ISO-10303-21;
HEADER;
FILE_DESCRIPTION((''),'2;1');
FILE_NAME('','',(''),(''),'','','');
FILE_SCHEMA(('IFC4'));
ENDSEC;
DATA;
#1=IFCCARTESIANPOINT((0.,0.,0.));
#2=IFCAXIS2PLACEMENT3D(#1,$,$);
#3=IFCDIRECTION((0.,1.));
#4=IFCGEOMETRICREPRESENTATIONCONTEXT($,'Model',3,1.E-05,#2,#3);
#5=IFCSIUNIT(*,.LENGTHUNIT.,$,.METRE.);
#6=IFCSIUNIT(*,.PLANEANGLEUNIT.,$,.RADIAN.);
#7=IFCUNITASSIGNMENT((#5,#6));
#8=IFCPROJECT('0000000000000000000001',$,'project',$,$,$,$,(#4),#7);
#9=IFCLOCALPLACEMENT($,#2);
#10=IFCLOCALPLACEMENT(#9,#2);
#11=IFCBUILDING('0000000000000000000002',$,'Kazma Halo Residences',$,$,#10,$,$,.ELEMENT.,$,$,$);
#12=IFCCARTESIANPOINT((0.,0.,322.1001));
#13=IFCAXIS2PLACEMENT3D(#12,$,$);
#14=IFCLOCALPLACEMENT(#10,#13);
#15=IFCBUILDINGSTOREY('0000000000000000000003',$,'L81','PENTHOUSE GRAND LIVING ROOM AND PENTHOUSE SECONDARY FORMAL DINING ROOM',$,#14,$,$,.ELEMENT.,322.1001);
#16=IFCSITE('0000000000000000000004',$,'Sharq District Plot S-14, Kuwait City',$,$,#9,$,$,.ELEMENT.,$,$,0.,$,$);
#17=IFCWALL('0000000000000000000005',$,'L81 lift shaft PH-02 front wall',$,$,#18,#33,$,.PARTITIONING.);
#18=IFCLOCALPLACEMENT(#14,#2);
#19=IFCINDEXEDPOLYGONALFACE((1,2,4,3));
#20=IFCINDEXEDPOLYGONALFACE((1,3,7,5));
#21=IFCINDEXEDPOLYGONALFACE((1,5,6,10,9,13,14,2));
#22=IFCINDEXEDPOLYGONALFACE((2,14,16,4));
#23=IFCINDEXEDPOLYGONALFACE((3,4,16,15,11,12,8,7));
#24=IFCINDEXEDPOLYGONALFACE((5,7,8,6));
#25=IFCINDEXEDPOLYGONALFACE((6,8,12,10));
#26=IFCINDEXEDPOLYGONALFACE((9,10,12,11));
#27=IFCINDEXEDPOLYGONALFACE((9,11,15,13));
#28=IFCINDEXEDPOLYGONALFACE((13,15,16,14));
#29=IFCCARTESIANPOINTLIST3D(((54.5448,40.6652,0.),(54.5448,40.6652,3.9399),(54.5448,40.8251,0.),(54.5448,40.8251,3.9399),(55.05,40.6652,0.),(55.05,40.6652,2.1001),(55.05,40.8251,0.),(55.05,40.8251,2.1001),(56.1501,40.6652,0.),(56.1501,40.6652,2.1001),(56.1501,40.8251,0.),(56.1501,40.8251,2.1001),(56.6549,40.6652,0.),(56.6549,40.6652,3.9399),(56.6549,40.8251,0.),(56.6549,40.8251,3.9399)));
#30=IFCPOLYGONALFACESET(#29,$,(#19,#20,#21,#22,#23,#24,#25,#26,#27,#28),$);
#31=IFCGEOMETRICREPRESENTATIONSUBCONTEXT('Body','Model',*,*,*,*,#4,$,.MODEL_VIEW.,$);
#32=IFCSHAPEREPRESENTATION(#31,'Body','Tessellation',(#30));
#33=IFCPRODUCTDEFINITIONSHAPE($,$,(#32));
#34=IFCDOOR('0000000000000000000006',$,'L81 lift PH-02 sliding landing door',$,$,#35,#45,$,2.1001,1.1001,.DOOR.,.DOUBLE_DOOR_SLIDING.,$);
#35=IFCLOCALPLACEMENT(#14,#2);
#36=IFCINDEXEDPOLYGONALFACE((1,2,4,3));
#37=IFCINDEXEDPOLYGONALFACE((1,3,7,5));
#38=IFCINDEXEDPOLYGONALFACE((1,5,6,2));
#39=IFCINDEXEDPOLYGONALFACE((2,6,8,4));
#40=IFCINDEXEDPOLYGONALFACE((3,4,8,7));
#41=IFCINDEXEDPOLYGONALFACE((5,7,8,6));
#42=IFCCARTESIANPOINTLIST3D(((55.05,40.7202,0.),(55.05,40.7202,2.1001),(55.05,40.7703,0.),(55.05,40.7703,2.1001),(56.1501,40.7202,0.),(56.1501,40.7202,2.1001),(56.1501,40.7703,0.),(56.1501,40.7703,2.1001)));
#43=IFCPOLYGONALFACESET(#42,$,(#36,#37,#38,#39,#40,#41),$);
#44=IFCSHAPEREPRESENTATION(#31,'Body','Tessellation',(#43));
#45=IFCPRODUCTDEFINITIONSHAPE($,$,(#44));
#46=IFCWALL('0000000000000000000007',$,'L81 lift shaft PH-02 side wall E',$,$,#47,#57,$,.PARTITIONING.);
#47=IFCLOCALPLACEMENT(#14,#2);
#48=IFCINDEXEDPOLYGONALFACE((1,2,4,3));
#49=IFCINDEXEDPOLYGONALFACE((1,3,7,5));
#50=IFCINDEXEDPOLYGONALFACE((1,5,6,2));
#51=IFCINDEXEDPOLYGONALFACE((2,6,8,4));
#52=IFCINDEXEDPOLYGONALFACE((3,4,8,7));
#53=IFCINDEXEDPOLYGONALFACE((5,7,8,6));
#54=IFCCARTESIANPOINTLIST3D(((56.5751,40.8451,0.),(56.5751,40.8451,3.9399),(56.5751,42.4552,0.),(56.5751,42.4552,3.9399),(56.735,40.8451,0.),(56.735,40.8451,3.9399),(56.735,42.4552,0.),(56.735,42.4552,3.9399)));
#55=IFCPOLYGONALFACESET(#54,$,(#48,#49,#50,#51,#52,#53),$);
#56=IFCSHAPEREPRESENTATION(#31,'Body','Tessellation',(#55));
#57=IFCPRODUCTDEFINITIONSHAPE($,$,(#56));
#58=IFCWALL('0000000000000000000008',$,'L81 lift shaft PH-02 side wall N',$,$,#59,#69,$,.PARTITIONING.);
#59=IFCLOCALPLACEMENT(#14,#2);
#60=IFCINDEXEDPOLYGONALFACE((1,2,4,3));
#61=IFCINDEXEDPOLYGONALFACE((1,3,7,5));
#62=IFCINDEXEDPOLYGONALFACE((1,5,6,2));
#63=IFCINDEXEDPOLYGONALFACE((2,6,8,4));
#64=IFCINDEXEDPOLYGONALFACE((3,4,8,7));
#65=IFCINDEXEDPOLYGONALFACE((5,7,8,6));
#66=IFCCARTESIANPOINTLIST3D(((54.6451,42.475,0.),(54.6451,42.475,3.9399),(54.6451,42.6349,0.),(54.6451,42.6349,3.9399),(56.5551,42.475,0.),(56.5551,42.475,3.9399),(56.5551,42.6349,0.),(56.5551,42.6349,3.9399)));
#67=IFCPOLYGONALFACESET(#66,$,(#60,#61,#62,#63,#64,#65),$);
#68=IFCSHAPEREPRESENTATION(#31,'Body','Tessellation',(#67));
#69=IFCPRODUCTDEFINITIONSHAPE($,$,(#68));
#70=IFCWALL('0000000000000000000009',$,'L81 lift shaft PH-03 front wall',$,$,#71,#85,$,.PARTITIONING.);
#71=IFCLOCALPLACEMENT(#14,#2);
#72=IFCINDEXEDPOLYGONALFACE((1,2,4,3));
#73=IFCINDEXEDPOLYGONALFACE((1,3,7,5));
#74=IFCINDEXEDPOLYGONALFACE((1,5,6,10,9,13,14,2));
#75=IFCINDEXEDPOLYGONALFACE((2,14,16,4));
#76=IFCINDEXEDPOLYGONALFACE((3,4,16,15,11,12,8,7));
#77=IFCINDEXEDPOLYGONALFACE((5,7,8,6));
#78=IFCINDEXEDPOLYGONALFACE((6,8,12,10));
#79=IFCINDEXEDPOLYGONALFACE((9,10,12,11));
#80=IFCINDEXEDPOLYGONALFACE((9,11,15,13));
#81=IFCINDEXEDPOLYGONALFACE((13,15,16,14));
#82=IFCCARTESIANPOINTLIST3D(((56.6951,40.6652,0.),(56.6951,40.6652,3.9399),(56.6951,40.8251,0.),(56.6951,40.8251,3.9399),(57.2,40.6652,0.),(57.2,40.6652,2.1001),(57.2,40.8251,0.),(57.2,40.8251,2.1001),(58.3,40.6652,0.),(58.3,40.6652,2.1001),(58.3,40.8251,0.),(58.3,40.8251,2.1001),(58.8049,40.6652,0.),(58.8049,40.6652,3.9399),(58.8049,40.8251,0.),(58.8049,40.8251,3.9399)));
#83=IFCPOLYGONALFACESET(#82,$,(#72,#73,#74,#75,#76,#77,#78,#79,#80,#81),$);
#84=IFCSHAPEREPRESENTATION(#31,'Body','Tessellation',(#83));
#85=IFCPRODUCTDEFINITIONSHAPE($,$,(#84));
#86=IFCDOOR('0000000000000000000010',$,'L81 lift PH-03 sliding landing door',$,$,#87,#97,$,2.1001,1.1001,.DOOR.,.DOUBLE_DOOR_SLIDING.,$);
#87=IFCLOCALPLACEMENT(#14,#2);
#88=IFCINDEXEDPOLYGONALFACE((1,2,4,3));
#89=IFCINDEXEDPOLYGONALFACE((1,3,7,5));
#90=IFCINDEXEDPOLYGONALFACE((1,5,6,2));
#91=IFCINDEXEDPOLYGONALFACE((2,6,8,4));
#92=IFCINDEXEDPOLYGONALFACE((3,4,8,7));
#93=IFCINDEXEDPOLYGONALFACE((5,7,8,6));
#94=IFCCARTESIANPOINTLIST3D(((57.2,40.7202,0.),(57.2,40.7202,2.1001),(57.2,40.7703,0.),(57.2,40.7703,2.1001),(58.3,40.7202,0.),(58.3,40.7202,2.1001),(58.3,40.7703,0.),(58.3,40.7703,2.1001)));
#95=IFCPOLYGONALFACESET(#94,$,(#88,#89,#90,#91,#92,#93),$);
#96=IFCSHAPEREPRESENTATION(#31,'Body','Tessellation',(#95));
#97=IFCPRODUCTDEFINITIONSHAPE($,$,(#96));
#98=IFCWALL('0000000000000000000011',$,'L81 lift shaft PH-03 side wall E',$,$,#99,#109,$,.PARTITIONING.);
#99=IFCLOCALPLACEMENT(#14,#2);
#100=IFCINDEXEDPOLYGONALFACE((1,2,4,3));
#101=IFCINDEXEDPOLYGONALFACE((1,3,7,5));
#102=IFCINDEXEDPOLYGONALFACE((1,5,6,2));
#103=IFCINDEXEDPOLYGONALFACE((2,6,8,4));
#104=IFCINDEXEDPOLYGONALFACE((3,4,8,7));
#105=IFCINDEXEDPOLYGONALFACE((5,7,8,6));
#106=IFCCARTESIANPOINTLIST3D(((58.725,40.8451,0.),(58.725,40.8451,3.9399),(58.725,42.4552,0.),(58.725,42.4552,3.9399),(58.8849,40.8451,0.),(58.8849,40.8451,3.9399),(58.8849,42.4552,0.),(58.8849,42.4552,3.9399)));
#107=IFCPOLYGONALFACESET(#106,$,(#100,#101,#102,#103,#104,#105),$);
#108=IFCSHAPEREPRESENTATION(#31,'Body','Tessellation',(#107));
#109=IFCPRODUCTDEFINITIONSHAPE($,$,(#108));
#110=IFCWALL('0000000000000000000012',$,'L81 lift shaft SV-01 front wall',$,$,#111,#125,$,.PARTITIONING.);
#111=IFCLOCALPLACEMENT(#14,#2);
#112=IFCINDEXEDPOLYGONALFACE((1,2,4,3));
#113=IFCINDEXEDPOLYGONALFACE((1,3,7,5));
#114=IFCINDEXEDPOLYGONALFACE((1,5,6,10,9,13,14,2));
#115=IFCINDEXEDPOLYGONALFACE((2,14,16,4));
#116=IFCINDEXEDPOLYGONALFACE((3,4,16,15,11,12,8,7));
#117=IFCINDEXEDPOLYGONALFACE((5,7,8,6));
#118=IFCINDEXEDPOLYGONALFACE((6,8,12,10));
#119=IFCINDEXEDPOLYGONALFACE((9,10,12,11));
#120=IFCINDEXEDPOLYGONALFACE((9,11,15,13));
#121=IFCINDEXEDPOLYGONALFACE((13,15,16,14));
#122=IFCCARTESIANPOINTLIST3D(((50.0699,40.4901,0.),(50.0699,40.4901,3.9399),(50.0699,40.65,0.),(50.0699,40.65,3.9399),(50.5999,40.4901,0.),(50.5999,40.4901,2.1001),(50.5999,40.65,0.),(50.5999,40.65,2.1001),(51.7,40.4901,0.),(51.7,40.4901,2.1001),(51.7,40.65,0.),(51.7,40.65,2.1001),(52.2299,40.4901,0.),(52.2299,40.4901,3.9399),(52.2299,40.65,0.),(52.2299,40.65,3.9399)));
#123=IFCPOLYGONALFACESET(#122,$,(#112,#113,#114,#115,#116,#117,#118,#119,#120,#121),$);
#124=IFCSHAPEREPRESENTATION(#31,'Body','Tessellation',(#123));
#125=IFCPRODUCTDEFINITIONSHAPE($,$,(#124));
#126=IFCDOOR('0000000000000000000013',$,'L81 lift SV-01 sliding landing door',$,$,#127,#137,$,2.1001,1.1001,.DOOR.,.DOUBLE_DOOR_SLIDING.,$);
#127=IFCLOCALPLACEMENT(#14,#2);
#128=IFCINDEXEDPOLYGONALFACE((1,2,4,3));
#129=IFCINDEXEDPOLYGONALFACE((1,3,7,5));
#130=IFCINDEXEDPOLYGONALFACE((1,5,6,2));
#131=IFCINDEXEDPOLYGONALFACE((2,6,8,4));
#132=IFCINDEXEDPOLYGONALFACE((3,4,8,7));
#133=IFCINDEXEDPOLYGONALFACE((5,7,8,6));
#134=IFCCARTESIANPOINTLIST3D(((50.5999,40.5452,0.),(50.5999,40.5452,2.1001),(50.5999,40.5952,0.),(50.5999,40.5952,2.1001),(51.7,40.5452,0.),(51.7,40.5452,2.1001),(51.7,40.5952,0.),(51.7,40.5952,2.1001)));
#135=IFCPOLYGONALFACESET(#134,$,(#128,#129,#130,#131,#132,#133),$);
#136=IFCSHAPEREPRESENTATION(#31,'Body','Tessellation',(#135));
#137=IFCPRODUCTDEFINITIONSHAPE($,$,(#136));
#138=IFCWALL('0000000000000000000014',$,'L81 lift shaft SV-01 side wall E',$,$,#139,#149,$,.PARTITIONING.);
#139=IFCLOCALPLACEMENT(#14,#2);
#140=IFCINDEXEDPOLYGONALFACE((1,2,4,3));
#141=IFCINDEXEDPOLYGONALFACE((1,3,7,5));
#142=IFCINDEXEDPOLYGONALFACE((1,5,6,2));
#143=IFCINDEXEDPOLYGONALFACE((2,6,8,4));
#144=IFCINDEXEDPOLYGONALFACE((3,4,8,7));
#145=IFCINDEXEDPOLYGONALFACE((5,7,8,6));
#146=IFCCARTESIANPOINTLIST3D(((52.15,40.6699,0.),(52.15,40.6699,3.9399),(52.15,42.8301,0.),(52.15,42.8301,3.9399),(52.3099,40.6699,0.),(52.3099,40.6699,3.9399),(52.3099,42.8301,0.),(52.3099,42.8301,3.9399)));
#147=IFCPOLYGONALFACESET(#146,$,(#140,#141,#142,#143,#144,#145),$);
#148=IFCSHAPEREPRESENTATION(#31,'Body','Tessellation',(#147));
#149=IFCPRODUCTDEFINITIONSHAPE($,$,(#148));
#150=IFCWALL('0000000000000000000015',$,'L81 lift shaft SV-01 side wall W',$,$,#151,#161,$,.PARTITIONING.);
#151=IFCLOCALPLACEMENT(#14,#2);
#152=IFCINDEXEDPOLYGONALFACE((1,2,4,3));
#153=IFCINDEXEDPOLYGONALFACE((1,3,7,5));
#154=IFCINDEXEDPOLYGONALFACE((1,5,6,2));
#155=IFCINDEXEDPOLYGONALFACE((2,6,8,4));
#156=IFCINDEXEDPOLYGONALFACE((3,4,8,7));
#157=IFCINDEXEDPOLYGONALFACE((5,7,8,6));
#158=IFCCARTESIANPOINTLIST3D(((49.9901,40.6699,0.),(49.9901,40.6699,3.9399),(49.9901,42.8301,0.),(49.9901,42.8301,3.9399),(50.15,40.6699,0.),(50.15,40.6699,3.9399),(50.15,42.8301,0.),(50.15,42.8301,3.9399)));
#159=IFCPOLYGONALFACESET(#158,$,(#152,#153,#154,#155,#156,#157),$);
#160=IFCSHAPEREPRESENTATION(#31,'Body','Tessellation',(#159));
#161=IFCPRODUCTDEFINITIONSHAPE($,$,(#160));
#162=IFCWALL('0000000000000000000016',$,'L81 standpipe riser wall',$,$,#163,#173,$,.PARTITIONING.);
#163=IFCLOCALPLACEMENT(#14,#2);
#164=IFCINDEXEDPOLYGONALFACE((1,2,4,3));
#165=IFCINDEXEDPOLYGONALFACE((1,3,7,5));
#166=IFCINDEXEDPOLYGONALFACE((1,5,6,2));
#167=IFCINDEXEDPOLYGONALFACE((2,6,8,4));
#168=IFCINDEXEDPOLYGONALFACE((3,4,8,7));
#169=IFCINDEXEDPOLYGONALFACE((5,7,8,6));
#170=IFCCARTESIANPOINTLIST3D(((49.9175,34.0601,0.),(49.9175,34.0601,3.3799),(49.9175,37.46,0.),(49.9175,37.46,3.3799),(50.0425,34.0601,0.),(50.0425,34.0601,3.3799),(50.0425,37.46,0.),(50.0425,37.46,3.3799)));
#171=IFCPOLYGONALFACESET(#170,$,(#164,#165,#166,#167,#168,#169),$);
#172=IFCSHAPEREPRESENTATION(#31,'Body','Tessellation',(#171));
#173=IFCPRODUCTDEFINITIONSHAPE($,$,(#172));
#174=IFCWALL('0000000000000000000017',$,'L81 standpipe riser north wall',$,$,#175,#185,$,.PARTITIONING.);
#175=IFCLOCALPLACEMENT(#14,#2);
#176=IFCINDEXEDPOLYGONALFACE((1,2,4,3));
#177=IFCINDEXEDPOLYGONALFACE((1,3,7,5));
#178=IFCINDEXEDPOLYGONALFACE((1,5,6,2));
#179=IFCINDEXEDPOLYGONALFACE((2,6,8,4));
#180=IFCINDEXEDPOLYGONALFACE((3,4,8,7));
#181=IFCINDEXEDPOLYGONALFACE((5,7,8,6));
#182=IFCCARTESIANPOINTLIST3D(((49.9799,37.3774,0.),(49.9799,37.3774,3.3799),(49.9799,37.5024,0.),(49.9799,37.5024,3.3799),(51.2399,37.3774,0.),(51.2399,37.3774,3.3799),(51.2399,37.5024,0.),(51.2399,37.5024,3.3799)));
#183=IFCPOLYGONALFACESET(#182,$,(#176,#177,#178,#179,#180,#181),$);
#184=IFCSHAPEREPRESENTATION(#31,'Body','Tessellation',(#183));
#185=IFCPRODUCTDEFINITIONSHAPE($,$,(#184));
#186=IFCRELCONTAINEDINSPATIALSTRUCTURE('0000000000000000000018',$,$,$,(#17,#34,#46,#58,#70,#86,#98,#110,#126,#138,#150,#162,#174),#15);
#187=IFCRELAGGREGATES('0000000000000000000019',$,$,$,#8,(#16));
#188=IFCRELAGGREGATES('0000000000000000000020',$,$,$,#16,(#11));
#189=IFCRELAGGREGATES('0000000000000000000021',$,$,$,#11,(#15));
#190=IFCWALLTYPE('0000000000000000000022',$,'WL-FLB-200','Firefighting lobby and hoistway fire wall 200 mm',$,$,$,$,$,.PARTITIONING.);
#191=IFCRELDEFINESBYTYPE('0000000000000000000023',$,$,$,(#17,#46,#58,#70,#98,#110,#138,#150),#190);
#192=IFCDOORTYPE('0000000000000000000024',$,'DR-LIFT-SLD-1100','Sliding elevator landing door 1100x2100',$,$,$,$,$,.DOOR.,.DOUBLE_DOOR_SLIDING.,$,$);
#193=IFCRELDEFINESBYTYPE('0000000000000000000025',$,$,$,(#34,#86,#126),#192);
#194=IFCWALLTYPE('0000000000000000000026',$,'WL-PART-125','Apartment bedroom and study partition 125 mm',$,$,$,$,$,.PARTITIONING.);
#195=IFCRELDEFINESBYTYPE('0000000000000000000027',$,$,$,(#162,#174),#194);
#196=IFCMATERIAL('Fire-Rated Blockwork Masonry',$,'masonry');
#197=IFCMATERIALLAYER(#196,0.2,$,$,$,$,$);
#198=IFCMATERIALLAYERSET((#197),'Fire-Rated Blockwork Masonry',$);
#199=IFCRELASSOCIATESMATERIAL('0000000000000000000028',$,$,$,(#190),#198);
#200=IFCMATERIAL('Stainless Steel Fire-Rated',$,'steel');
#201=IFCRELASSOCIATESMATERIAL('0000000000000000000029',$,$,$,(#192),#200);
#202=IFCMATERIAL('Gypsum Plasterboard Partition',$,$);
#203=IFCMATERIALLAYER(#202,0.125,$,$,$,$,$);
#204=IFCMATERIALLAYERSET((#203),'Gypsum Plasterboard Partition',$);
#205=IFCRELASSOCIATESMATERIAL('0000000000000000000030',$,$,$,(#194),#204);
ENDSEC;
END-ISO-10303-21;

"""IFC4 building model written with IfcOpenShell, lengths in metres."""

from ifc_helpers import new_model, si_unit, direction, frame, frame_2d, origin, place, context, subcontext, project, spatial, rectangle, extrude, material, layer, layer_set, type_object, element, fill, save


model = new_model("IFC4")

# Units and contexts
model_context = context("Model", 3, precision=1e-05, world=origin(), true_north=direction((0.0, 1.0)))
body_context = subcontext(model_context, "Body", "Model", "MODEL_VIEW")
ifc_project = project(units=[si_unit("LENGTHUNIT", "METRE"), si_unit("PLANEANGLEUNIT", "RADIAN")], contexts=[model_context])

# Site, building, storey
site_placement = place(None, origin())
site = spatial("IfcSite", under=ifc_project, at=site_placement, Name="Sharq District Plot S-14, Kuwait City", CompositionType="ELEMENT", RefElevation=0.0)
building_placement = place(site_placement, origin())
building = spatial("IfcBuilding", under=site, at=building_placement, Name="Kazma Halo Residences", CompositionType="ELEMENT")
storey_placement = place(building_placement, frame((0.0, 0.0, 322.1001)))
storey = spatial("IfcBuildingStorey", under=building, at=storey_placement, Name="L81", Description="PENTHOUSE GRAND LIVING ROOM AND PENTHOUSE SECONDARY FORMAL DINING ROOM", CompositionType="ELEMENT", Elevation=322.1001)

# Shared definitions
ifc_material_1 = material(Name="Fire-Rated Blockwork Masonry", Category="masonry")
ifc_layer_1 = layer(ifc_material_1, 0.2)
ifc_layer_set_1 = layer_set([ifc_layer_1], Name="Fire-Rated Blockwork Masonry")
wall_type_1 = type_object("IfcWallType", Name="WL-FLB-200", Description="Firefighting lobby and hoistway fire wall 200 mm", PredefinedType="PARTITIONING", material=ifc_layer_set_1)
ifc_material_2 = material(Name="Stainless Steel Fire-Rated", Category="steel")
door_type_1 = type_object("IfcDoorType", Name="DR-LIFT-SLD-1100", Description="Sliding elevator landing door 1100x2100", OperationType="DOUBLE_DOOR_SLIDING", PredefinedType="DOOR", material=ifc_material_2)

# Wall, opening, door
wall_1_placement = place(storey_placement, frame((56.655, 40.7451, 0.0), z_axis=(0.0, 0.0, 1.0), x_axis=(-1.0, 0.0, 0.0)))
wall_1 = element("IfcWall", 1, at=wall_1_placement, inside=storey, type_object=wall_type_1, Name="L81 lift shaft PH-02 front wall", PredefinedType="PARTITIONING", context=body_context, shape_type="SweptSolid", body=[
    extrude(rectangle(XDim=2.1101, YDim=0.1599, at=frame_2d((1.0552, 0.0))), origin(), (0.0, 0.0, 1.0), 3.9399),
])
opening_1_placement = place(wall_1_placement, frame((0.5049, 0.0, 0.0)))
opening_1 = element("IfcOpeningElement", 2, at=opening_1_placement, cuts=wall_1, PredefinedType="OPENING", context=body_context, shape_type="SweptSolid", body=[
    extrude(rectangle(XDim=1.1001, YDim=2.1001, at=frame_2d((0.55, 1.05))), frame((0.0, 0.0898, 0.0), z_axis=(0.0, -1.0, 0.0), x_axis=(1.0, 0.0, 0.0)), (0.0, 0.0, 1.0), 0.1799),
])
door_1_placement = place(opening_1_placement, origin())
door_1 = element("IfcDoor", 3, at=door_1_placement, inside=storey, type_object=door_type_1, Name="L81 lift PH-02 sliding landing door", OperationType="DOUBLE_DOOR_SLIDING", OverallHeight=2.1001, OverallWidth=1.1001, PredefinedType="DOOR", context=body_context, shape_type="SweptSolid", body=[
    extrude(rectangle(XDim=1.1001, YDim=2.1001, at=frame_2d((0.55, 1.05))), frame((0.0, 0.0249, 0.0), z_axis=(0.0, -1.0, 0.0), x_axis=(1.0, 0.0, 0.0)), (0.0, 0.0, 1.0), 0.05),
])
fill(opening_1, door_1)

# Walls
wall_2_placement = place(storey_placement, frame((56.655, 40.845, 0.0), z_axis=(0.0, 0.0, 1.0), x_axis=(0.0, 1.0, 0.0)))
element("IfcWall", 4, at=wall_2_placement, inside=storey, type_object=wall_type_1, Name="L81 lift shaft PH-02 side wall E", PredefinedType="PARTITIONING", context=body_context, shape_type="SweptSolid", body=[
    extrude(rectangle(XDim=1.6101, YDim=0.1599, at=frame_2d((0.8052, 0.0))), origin(), (0.0, 0.0, 1.0), 3.9399),
])
wall_3_placement = place(storey_placement, frame((54.645, 42.5549, 0.0), z_axis=(0.0, 0.0, 1.0), x_axis=(1.0, 0.0, 0.0)))
element("IfcWall", 5, at=wall_3_placement, inside=storey, type_object=wall_type_1, Name="L81 lift shaft PH-02 side wall N", PredefinedType="PARTITIONING", context=body_context, shape_type="SweptSolid", body=[
    extrude(rectangle(XDim=1.9099, YDim=0.1599, at=frame_2d((0.9551, 0.0))), origin(), (0.0, 0.0, 1.0), 3.9399),
])

# Wall, opening, door
wall_4_placement = place(storey_placement, frame((58.8049, 40.7451, 0.0), z_axis=(0.0, 0.0, 1.0), x_axis=(-1.0, 0.0, 0.0)))
wall_4 = element("IfcWall", 6, at=wall_4_placement, inside=storey, type_object=wall_type_1, Name="L81 lift shaft PH-03 front wall", PredefinedType="PARTITIONING", context=body_context, shape_type="SweptSolid", body=[
    extrude(rectangle(XDim=2.1099, YDim=0.1599, at=frame_2d((1.0549, 0.0))), origin(), (0.0, 0.0, 1.0), 3.9399),
])
opening_2_placement = place(wall_4_placement, frame((0.5049, 0.0, 0.0)))
opening_2 = element("IfcOpeningElement", 7, at=opening_2_placement, cuts=wall_4, PredefinedType="OPENING", context=body_context, shape_type="SweptSolid", body=[
    extrude(rectangle(XDim=1.1001, YDim=2.1001, at=frame_2d((0.55, 1.05))), frame((0.0, 0.0898, 0.0), z_axis=(0.0, -1.0, 0.0), x_axis=(1.0, 0.0, 0.0)), (0.0, 0.0, 1.0), 0.1799),
])
door_2_placement = place(opening_2_placement, origin())
door_2 = element("IfcDoor", 8, at=door_2_placement, inside=storey, type_object=door_type_1, Name="L81 lift PH-03 sliding landing door", OperationType="DOUBLE_DOOR_SLIDING", OverallHeight=2.1001, OverallWidth=1.1001, PredefinedType="DOOR", context=body_context, shape_type="SweptSolid", body=[
    extrude(rectangle(XDim=1.1001, YDim=2.1001, at=frame_2d((0.55, 1.05))), frame((0.0, 0.0249, 0.0), z_axis=(0.0, -1.0, 0.0), x_axis=(1.0, 0.0, 0.0)), (0.0, 0.0, 1.0), 0.05),
])
fill(opening_2, door_2)

# Wall
wall_5_placement = place(storey_placement, frame((58.8049, 40.845, 0.0), z_axis=(0.0, 0.0, 1.0), x_axis=(0.0, 1.0, 0.0)))
element("IfcWall", 9, at=wall_5_placement, inside=storey, type_object=wall_type_1, Name="L81 lift shaft PH-03 side wall E", PredefinedType="PARTITIONING", context=body_context, shape_type="SweptSolid", body=[
    extrude(rectangle(XDim=1.6101, YDim=0.1599, at=frame_2d((0.8052, 0.0))), origin(), (0.0, 0.0, 1.0), 3.9399),
])

# Wall, opening, door
wall_6_placement = place(storey_placement, frame((52.23, 40.5701, 0.0), z_axis=(0.0, 0.0, 1.0), x_axis=(-1.0, 0.0, 0.0)))
wall_6 = element("IfcWall", 10, at=wall_6_placement, inside=storey, type_object=wall_type_1, Name="L81 lift shaft SV-01 front wall", PredefinedType="PARTITIONING", context=body_context, shape_type="SweptSolid", body=[
    extrude(rectangle(XDim=2.1599, YDim=0.1599, at=frame_2d((1.0801, 0.0))), origin(), (0.0, 0.0, 1.0), 3.9399),
])
opening_3_placement = place(wall_6_placement, frame((0.53, 0.0, 0.0)))
opening_3 = element("IfcOpeningElement", 11, at=opening_3_placement, cuts=wall_6, PredefinedType="OPENING", context=body_context, shape_type="SweptSolid", body=[
    extrude(rectangle(XDim=1.1001, YDim=2.1001, at=frame_2d((0.55, 1.05))), frame((0.0, 0.0898, 0.0), z_axis=(0.0, -1.0, 0.0), x_axis=(1.0, 0.0, 0.0)), (0.0, 0.0, 1.0), 0.1799),
])
door_3_placement = place(opening_3_placement, origin())
door_3 = element("IfcDoor", 12, at=door_3_placement, inside=storey, type_object=door_type_1, Name="L81 lift SV-01 sliding landing door", OperationType="DOUBLE_DOOR_SLIDING", OverallHeight=2.1001, OverallWidth=1.1001, PredefinedType="DOOR", context=body_context, shape_type="SweptSolid", body=[
    extrude(rectangle(XDim=1.1001, YDim=2.1001, at=frame_2d((0.55, 1.05))), frame((0.0, 0.0249, 0.0), z_axis=(0.0, -1.0, 0.0), x_axis=(1.0, 0.0, 0.0)), (0.0, 0.0, 1.0), 0.05),
])
fill(opening_3, door_3)

# Walls
for number, where, z_axis, x_axis, name in (
    (13, (52.23, 40.6699, 0.0), (0.0, 0.0, 1.0), (0.0, 1.0, 0.0), "L81 lift shaft SV-01 side wall E"),
    (14, (50.0701, 40.6699, 0.0), (0.0, 0.0, 1.0), (0.0, 1.0, 0.0), "L81 lift shaft SV-01 side wall W"),
):
    element("IfcWall", number, at=place(storey_placement, frame(where, z_axis=z_axis, x_axis=x_axis)), inside=storey, type_object=wall_type_1, Name=name, PredefinedType="PARTITIONING", context=body_context, shape_type="SweptSolid", body=[
        extrude(rectangle(XDim=2.1602, YDim=0.1599, at=frame_2d((1.0801, 0.0))), origin(), (0.0, 0.0, 1.0), 3.9399),
    ])
ifc_material_3 = material(Name="Gypsum Plasterboard Partition")
ifc_layer_2 = layer(ifc_material_3, 0.125)
ifc_layer_set_2 = layer_set([ifc_layer_2], Name="Gypsum Plasterboard Partition")
wall_type_2 = type_object("IfcWallType", Name="WL-PART-125", Description="Apartment bedroom and study partition 125 mm", PredefinedType="PARTITIONING", material=ifc_layer_set_2)
wall_7_placement = place(storey_placement, frame((49.98, 34.0601, 0.0), z_axis=(0.0, 0.0, 1.0), x_axis=(0.0, 1.0, 0.0)))
element("IfcWall", 15, at=wall_7_placement, inside=storey, type_object=wall_type_2, Name="L81 standpipe riser wall", PredefinedType="PARTITIONING", context=body_context, shape_type="SweptSolid", body=[
    extrude(rectangle(XDim=3.3999, YDim=0.125, at=frame_2d((1.7, 0.0))), origin(), (0.0, 0.0, 1.0), 3.3799),
])
wall_8_placement = place(storey_placement, frame((49.98, 37.4399, 0.0), z_axis=(0.0, 0.0, 1.0), x_axis=(1.0, 0.0, 0.0)))
element("IfcWall", 16, at=wall_8_placement, inside=storey, type_object=wall_type_2, Name="L81 standpipe riser north wall", PredefinedType="PARTITIONING", context=body_context, shape_type="SweptSolid", body=[
    extrude(rectangle(XDim=1.26, YDim=0.125, at=frame_2d((0.6299, 0.0))), origin(), (0.0, 0.0, 1.0), 3.3799),
])

save(model, "model.ifc")
